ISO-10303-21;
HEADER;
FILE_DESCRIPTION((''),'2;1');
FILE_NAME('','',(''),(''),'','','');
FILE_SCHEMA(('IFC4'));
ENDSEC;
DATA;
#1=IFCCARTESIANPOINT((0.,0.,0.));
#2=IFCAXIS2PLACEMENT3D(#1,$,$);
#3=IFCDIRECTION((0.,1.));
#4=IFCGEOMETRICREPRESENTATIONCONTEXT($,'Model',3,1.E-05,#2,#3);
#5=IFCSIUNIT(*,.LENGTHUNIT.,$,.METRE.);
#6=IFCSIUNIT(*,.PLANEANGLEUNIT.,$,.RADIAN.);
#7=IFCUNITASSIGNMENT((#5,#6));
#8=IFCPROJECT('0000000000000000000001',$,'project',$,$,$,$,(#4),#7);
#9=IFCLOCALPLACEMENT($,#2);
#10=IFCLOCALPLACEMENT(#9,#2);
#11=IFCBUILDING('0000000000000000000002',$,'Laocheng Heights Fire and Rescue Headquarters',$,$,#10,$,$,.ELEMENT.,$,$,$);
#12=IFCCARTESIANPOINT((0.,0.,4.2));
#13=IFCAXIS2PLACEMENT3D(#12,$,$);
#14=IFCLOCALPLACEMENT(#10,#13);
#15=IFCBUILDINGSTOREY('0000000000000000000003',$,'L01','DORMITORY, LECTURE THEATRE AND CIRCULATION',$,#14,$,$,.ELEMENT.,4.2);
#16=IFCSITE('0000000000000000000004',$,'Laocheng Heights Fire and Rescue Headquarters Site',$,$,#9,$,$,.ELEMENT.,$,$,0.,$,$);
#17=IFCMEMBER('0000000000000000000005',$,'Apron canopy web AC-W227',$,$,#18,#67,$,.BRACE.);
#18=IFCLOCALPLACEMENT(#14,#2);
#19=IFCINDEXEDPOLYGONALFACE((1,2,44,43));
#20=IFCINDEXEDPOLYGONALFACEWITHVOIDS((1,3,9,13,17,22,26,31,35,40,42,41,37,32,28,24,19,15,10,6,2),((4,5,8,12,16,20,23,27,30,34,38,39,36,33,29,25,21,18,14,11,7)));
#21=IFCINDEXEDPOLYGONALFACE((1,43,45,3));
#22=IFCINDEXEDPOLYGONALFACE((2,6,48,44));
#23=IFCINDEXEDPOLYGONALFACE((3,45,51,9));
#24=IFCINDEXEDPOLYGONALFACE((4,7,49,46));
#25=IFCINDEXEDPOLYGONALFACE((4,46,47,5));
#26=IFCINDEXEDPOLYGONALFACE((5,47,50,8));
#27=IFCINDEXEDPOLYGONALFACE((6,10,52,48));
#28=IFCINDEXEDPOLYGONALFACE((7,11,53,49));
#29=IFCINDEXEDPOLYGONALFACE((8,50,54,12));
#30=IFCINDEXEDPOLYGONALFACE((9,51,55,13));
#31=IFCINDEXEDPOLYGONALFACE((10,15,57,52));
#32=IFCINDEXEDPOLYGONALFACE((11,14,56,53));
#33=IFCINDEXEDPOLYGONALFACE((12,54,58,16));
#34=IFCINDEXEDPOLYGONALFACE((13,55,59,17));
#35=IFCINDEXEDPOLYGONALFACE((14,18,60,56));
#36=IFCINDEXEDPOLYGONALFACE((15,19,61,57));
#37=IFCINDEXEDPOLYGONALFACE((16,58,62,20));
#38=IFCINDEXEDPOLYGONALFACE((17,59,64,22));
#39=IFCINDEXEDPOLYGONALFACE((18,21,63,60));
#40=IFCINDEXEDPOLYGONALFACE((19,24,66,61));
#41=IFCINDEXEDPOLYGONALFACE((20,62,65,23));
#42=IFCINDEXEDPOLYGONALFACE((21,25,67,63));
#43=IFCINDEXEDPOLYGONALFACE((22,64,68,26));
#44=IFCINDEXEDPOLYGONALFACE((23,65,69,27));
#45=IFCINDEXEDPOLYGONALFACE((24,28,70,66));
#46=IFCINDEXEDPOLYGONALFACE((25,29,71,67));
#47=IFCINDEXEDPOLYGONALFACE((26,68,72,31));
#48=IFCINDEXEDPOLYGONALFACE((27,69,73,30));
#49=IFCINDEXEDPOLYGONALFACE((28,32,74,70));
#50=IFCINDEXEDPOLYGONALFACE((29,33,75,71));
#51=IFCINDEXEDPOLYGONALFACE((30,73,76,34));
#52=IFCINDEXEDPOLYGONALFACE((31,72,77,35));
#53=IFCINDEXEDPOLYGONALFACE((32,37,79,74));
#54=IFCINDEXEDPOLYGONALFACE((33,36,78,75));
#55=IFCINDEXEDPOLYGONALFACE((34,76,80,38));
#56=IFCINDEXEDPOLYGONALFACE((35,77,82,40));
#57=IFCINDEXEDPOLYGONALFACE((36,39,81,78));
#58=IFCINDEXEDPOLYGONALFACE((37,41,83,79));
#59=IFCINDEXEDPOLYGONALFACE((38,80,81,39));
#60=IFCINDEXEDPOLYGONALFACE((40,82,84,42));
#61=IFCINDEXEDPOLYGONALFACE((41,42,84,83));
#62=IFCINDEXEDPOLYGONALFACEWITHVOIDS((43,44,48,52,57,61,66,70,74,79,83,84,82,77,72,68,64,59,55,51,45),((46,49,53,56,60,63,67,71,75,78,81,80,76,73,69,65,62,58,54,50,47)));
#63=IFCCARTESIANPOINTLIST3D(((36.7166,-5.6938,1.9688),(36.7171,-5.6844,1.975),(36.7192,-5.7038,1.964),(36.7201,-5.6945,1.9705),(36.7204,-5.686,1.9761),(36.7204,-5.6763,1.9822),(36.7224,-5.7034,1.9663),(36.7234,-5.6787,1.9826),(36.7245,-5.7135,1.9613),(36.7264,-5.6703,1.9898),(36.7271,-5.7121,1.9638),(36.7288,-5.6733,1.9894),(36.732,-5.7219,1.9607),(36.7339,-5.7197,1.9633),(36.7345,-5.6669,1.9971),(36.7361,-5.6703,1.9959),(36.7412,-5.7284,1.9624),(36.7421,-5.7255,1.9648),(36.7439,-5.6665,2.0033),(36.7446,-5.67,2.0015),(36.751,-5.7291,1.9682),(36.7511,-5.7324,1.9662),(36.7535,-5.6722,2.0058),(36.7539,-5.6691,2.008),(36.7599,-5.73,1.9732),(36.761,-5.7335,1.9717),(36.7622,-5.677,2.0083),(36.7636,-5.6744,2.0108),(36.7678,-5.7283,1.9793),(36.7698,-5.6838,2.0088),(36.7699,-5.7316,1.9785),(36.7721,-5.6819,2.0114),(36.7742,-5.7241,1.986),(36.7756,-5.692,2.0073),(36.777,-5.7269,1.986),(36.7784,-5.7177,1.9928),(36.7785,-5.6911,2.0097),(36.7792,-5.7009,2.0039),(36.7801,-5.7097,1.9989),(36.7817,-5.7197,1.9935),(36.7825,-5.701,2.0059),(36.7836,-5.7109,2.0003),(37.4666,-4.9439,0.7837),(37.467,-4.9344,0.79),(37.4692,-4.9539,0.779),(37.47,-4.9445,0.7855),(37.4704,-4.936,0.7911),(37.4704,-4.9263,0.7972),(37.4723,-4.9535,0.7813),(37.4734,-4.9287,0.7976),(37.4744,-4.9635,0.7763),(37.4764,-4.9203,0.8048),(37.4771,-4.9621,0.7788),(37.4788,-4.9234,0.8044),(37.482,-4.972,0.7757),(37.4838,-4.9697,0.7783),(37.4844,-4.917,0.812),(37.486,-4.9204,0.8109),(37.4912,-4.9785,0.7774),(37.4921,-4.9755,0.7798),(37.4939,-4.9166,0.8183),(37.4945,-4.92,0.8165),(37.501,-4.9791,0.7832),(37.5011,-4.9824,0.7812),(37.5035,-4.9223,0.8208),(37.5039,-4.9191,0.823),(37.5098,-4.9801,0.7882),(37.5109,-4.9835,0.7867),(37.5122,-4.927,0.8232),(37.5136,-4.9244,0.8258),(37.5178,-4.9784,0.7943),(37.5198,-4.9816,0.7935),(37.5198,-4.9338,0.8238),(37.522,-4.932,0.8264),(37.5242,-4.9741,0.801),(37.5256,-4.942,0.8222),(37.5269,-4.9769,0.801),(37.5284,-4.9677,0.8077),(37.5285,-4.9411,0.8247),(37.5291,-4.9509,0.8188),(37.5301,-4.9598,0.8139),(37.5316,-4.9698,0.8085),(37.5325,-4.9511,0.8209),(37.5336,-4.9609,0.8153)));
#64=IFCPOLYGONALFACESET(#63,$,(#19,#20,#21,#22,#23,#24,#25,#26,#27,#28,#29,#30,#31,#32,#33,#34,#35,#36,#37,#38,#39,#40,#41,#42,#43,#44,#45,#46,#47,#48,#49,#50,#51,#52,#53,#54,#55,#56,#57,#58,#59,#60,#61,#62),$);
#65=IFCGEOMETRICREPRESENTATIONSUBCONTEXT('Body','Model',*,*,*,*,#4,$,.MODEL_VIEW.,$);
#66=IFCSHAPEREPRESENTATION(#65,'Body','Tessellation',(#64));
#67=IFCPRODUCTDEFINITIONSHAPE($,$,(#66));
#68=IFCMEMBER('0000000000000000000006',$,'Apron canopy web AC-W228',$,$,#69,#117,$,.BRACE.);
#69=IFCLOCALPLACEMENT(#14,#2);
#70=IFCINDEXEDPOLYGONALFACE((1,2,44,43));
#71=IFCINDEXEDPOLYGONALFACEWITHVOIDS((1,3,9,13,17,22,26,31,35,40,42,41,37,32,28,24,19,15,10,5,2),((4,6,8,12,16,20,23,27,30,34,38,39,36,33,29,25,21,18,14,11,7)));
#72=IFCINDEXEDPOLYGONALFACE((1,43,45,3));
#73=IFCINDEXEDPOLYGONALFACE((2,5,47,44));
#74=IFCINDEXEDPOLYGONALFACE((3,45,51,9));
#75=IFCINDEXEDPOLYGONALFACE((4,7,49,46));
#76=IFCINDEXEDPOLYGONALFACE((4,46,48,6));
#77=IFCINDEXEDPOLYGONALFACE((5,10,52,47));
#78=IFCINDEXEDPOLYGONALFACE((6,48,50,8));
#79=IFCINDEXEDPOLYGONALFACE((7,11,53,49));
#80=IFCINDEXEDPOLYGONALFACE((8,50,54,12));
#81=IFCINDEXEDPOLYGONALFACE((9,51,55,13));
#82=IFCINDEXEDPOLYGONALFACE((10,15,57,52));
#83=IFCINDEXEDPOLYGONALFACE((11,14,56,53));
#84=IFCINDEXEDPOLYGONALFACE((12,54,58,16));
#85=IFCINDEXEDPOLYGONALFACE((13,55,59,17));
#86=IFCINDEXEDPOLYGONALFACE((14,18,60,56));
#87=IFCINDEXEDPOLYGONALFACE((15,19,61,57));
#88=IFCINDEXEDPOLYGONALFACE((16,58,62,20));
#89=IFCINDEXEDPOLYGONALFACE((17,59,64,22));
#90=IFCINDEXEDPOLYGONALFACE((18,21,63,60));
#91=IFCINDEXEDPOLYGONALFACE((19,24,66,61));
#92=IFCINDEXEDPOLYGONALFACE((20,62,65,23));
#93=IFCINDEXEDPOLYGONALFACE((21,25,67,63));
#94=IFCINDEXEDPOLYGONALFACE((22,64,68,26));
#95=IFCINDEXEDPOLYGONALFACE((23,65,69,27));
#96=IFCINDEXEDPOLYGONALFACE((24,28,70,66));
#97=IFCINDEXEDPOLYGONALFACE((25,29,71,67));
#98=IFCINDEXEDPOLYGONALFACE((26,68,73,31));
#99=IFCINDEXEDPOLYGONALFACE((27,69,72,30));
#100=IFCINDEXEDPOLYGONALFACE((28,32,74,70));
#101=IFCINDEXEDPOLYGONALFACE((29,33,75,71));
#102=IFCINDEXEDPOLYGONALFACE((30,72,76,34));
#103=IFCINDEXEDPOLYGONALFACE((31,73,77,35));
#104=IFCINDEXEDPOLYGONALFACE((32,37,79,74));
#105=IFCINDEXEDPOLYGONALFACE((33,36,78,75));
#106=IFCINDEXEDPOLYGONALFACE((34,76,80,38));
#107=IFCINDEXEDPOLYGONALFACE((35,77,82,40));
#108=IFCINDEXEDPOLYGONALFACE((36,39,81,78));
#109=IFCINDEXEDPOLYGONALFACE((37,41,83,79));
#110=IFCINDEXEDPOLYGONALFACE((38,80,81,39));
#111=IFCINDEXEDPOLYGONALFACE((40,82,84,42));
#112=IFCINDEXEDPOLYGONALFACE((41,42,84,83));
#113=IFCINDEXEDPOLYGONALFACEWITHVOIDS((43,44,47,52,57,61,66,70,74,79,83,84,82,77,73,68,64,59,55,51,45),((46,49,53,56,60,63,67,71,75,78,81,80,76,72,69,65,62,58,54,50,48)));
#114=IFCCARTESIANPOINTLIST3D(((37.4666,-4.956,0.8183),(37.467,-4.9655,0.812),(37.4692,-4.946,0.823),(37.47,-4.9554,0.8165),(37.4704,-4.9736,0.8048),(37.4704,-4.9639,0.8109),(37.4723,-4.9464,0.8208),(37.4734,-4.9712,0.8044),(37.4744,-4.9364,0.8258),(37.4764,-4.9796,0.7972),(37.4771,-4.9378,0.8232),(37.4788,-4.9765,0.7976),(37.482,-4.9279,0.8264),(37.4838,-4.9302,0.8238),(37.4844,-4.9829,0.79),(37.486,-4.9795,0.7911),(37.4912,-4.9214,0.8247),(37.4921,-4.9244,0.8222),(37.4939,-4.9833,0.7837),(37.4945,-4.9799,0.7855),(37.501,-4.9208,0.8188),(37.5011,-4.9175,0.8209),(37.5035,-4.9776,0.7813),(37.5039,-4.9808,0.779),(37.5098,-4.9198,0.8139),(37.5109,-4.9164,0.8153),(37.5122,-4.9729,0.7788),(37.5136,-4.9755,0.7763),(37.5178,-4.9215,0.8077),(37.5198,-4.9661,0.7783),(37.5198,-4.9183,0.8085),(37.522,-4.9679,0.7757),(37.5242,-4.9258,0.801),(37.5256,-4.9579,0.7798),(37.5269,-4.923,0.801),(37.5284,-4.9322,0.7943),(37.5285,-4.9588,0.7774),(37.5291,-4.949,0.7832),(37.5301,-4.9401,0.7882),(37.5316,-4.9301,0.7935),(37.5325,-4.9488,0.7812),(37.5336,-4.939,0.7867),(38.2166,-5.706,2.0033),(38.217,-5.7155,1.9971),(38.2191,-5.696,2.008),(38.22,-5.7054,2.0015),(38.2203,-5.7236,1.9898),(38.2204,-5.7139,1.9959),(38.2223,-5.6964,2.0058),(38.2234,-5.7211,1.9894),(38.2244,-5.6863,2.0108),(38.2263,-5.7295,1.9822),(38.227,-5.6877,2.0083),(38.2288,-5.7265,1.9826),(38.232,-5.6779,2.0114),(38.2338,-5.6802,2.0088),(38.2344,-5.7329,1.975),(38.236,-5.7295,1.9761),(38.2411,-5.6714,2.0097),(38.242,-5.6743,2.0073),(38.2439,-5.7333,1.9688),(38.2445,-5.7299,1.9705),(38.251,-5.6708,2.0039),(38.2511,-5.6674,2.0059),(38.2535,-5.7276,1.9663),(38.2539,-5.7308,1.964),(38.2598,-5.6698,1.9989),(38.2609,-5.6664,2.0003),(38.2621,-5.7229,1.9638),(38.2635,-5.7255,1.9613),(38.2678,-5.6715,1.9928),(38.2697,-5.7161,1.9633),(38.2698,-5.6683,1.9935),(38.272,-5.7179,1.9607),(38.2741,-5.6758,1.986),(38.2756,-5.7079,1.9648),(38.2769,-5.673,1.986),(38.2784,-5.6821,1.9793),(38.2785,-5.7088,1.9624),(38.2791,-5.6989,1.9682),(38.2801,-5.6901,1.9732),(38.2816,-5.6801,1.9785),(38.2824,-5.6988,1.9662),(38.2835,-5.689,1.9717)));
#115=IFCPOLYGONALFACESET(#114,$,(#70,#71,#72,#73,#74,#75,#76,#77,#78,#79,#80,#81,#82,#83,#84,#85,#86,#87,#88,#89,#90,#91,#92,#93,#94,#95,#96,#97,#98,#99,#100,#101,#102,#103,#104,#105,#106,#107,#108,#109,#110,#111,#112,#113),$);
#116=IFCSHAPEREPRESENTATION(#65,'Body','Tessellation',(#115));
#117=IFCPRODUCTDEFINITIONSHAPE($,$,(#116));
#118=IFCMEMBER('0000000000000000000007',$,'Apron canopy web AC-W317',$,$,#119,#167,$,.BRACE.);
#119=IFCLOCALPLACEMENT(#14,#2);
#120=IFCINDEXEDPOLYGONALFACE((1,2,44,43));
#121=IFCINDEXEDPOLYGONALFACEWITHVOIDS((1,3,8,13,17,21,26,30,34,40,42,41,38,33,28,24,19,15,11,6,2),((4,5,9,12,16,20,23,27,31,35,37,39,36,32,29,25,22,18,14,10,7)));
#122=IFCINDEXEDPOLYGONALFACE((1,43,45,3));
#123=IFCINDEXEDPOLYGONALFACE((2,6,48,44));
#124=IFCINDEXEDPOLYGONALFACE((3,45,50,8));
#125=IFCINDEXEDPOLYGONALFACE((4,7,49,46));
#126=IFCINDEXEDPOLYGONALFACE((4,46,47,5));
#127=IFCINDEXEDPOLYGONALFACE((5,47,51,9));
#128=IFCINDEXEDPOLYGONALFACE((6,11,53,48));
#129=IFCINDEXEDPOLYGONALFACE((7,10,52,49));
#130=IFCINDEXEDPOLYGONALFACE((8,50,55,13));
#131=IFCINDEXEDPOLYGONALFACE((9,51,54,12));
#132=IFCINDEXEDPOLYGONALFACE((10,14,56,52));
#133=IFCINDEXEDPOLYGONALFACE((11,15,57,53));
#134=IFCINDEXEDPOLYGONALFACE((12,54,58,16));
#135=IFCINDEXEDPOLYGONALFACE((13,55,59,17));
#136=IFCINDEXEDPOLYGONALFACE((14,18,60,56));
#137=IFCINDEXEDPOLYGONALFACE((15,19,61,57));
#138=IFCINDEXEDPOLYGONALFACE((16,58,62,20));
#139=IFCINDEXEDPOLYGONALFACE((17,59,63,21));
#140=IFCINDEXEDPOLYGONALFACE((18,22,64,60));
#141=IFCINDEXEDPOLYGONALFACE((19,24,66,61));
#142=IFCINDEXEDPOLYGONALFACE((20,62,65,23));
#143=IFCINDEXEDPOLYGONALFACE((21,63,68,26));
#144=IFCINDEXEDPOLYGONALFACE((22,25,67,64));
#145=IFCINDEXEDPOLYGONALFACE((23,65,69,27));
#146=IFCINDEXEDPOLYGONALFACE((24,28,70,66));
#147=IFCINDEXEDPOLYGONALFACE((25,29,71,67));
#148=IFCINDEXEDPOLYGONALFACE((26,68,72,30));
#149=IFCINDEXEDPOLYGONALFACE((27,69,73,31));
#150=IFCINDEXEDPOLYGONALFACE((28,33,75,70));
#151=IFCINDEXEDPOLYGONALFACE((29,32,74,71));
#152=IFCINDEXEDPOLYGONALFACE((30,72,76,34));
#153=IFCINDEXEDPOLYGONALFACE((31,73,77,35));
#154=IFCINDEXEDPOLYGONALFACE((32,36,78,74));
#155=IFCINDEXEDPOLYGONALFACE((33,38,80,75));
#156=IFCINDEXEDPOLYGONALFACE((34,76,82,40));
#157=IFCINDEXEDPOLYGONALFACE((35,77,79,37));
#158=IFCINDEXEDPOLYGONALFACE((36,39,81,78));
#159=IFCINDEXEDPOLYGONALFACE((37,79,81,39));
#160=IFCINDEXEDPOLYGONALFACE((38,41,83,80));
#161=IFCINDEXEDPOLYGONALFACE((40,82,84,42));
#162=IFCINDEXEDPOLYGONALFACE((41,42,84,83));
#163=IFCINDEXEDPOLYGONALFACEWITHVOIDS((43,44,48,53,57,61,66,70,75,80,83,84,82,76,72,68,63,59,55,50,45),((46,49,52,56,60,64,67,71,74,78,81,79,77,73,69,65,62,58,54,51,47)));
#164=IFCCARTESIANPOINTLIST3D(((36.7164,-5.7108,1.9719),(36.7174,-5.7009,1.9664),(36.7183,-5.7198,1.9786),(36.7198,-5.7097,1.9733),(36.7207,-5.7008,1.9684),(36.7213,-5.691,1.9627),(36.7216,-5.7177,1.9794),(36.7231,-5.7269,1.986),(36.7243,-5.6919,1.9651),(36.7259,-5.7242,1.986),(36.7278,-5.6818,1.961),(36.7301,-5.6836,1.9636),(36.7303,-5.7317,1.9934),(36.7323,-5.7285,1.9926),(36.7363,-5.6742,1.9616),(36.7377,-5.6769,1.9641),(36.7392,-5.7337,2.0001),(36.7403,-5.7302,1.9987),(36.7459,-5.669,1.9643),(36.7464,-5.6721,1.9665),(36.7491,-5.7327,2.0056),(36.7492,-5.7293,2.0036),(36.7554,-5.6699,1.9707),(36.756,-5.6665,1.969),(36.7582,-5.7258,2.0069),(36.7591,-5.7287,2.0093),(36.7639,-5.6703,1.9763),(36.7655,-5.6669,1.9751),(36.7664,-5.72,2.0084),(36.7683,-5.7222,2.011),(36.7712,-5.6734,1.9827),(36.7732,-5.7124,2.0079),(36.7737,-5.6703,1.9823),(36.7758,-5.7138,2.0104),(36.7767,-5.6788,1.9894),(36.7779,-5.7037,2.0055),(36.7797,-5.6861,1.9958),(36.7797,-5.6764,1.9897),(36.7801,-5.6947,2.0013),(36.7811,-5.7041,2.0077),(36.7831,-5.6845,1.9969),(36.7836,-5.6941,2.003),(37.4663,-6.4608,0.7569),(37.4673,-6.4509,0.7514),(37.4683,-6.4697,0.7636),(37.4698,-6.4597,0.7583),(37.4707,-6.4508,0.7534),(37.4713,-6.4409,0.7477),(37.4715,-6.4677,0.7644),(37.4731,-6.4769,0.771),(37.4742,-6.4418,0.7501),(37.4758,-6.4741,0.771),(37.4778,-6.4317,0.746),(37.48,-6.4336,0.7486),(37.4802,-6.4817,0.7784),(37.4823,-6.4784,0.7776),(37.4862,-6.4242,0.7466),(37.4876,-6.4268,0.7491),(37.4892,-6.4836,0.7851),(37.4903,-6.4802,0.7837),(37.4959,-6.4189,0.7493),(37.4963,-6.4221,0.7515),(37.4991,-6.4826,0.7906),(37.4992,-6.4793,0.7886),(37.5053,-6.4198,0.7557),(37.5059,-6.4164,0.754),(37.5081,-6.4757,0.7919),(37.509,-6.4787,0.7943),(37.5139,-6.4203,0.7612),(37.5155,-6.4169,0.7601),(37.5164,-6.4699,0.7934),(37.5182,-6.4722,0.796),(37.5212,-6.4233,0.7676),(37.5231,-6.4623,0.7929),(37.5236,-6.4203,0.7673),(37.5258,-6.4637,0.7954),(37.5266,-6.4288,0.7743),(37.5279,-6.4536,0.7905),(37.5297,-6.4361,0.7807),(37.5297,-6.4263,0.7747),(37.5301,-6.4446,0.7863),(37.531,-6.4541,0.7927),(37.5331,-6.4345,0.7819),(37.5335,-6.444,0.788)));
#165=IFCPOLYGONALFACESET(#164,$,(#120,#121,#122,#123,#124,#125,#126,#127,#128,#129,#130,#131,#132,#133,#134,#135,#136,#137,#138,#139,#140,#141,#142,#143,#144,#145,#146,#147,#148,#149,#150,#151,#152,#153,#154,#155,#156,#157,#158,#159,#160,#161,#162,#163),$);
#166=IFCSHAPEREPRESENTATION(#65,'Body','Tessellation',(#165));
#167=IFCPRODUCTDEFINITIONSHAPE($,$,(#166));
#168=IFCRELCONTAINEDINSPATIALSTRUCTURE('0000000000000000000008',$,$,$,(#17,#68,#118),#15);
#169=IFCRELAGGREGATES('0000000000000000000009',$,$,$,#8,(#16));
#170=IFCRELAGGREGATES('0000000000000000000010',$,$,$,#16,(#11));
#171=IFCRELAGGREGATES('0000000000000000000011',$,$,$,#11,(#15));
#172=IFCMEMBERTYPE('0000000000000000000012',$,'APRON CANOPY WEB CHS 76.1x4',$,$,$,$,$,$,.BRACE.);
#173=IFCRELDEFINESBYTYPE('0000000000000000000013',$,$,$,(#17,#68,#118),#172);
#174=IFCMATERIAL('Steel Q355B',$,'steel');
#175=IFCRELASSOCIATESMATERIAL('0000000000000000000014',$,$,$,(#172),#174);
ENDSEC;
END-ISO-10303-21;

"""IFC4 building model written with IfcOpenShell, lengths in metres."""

from ifc_helpers import new_model, si_unit, direction, frame, origin, origin_2d, place, context, subcontext, project, spatial, hollow_circle, extrude, material, material_profile, profile_set, type_object, element, save


model = new_model("IFC4")

# Units and contexts
model_context = context("Model", 3, precision=1e-05, world=origin(), true_north=direction((0.0, 1.0)))
body_context = subcontext(model_context, "Body", "Model", "MODEL_VIEW")
ifc_project = project(units=[si_unit("LENGTHUNIT", "METRE"), si_unit("PLANEANGLEUNIT", "RADIAN")], contexts=[model_context])

# Site, building, storey
site_placement = place(None, origin())
site = spatial("IfcSite", under=ifc_project, at=site_placement, Name="Laocheng Heights Fire and Rescue Headquarters Site", CompositionType="ELEMENT", RefElevation=0.0)
building_placement = place(site_placement, origin())
building = spatial("IfcBuilding", under=site, at=building_placement, Name="Laocheng Heights Fire and Rescue Headquarters", CompositionType="ELEMENT")
storey_placement = place(building_placement, frame((0.0, 0.0, 4.2)))
storey = spatial("IfcBuildingStorey", under=building, at=storey_placement, Name="L01", Description="DORMITORY, LECTURE THEATRE AND CIRCULATION", CompositionType="ELEMENT", Elevation=4.2)

# Members
ifc_material_1 = material(Name="Steel Q355B", Category="steel")
ifc_material_profile_1 = material_profile(ifc_material_1, hollow_circle(Radius=0.0381, WallThickness=0.0039, at=origin_2d()), Name="CHS 76.1x4")
ifc_profile_set_1 = profile_set([ifc_material_profile_1], Name="Steel Q355B")
member_type_1 = type_object("IfcMemberType", Name="APRON CANOPY WEB CHS 76.1x4", PredefinedType="BRACE", material=ifc_profile_set_1)
for number, where, z_axis, x_axis, name in (
    (1, (37.5, -4.95, 0.801), (-0.47158, -0.47158, 0.745134), (0.707107, -0.707107, 0.0), "Apron canopy web AC-W227"),
    (2, (37.5, -4.95, 0.801), (0.47158, -0.47158, 0.745134), (0.707107, 0.707107, 0.0), "Apron canopy web AC-W228"),
):
    element("IfcMember", number, at=place(storey_placement, frame(where, z_axis=z_axis, x_axis=x_axis)), inside=storey, type_object=member_type_1, Name=name, PredefinedType="BRACE", context=body_context, shape_type="SweptSolid", body=[
        extrude(hollow_circle(Radius=0.0381, WallThickness=0.0039, at=origin_2d()), origin(), (0.0, 0.0, 1.0), 1.5903),
    ])
for number, where, z_axis, x_axis, name in (
    (3, (37.5, -6.45, 0.771), (-0.465002, 0.465002, 0.753357), (-0.707107, -0.707107, 0.0), "Apron canopy web AC-W317"),
):
    element("IfcMember", number, at=place(storey_placement, frame(where, z_axis=z_axis, x_axis=x_axis)), inside=storey, type_object=member_type_1, Name=name, PredefinedType="BRACE", context=body_context, shape_type="SweptSolid", body=[
        extrude(hollow_circle(Radius=0.0381, WallThickness=0.0039, at=origin_2d()), origin(), (0.0, 0.0, 1.0), 1.6128),
    ])

save(model, "model.ifc")
